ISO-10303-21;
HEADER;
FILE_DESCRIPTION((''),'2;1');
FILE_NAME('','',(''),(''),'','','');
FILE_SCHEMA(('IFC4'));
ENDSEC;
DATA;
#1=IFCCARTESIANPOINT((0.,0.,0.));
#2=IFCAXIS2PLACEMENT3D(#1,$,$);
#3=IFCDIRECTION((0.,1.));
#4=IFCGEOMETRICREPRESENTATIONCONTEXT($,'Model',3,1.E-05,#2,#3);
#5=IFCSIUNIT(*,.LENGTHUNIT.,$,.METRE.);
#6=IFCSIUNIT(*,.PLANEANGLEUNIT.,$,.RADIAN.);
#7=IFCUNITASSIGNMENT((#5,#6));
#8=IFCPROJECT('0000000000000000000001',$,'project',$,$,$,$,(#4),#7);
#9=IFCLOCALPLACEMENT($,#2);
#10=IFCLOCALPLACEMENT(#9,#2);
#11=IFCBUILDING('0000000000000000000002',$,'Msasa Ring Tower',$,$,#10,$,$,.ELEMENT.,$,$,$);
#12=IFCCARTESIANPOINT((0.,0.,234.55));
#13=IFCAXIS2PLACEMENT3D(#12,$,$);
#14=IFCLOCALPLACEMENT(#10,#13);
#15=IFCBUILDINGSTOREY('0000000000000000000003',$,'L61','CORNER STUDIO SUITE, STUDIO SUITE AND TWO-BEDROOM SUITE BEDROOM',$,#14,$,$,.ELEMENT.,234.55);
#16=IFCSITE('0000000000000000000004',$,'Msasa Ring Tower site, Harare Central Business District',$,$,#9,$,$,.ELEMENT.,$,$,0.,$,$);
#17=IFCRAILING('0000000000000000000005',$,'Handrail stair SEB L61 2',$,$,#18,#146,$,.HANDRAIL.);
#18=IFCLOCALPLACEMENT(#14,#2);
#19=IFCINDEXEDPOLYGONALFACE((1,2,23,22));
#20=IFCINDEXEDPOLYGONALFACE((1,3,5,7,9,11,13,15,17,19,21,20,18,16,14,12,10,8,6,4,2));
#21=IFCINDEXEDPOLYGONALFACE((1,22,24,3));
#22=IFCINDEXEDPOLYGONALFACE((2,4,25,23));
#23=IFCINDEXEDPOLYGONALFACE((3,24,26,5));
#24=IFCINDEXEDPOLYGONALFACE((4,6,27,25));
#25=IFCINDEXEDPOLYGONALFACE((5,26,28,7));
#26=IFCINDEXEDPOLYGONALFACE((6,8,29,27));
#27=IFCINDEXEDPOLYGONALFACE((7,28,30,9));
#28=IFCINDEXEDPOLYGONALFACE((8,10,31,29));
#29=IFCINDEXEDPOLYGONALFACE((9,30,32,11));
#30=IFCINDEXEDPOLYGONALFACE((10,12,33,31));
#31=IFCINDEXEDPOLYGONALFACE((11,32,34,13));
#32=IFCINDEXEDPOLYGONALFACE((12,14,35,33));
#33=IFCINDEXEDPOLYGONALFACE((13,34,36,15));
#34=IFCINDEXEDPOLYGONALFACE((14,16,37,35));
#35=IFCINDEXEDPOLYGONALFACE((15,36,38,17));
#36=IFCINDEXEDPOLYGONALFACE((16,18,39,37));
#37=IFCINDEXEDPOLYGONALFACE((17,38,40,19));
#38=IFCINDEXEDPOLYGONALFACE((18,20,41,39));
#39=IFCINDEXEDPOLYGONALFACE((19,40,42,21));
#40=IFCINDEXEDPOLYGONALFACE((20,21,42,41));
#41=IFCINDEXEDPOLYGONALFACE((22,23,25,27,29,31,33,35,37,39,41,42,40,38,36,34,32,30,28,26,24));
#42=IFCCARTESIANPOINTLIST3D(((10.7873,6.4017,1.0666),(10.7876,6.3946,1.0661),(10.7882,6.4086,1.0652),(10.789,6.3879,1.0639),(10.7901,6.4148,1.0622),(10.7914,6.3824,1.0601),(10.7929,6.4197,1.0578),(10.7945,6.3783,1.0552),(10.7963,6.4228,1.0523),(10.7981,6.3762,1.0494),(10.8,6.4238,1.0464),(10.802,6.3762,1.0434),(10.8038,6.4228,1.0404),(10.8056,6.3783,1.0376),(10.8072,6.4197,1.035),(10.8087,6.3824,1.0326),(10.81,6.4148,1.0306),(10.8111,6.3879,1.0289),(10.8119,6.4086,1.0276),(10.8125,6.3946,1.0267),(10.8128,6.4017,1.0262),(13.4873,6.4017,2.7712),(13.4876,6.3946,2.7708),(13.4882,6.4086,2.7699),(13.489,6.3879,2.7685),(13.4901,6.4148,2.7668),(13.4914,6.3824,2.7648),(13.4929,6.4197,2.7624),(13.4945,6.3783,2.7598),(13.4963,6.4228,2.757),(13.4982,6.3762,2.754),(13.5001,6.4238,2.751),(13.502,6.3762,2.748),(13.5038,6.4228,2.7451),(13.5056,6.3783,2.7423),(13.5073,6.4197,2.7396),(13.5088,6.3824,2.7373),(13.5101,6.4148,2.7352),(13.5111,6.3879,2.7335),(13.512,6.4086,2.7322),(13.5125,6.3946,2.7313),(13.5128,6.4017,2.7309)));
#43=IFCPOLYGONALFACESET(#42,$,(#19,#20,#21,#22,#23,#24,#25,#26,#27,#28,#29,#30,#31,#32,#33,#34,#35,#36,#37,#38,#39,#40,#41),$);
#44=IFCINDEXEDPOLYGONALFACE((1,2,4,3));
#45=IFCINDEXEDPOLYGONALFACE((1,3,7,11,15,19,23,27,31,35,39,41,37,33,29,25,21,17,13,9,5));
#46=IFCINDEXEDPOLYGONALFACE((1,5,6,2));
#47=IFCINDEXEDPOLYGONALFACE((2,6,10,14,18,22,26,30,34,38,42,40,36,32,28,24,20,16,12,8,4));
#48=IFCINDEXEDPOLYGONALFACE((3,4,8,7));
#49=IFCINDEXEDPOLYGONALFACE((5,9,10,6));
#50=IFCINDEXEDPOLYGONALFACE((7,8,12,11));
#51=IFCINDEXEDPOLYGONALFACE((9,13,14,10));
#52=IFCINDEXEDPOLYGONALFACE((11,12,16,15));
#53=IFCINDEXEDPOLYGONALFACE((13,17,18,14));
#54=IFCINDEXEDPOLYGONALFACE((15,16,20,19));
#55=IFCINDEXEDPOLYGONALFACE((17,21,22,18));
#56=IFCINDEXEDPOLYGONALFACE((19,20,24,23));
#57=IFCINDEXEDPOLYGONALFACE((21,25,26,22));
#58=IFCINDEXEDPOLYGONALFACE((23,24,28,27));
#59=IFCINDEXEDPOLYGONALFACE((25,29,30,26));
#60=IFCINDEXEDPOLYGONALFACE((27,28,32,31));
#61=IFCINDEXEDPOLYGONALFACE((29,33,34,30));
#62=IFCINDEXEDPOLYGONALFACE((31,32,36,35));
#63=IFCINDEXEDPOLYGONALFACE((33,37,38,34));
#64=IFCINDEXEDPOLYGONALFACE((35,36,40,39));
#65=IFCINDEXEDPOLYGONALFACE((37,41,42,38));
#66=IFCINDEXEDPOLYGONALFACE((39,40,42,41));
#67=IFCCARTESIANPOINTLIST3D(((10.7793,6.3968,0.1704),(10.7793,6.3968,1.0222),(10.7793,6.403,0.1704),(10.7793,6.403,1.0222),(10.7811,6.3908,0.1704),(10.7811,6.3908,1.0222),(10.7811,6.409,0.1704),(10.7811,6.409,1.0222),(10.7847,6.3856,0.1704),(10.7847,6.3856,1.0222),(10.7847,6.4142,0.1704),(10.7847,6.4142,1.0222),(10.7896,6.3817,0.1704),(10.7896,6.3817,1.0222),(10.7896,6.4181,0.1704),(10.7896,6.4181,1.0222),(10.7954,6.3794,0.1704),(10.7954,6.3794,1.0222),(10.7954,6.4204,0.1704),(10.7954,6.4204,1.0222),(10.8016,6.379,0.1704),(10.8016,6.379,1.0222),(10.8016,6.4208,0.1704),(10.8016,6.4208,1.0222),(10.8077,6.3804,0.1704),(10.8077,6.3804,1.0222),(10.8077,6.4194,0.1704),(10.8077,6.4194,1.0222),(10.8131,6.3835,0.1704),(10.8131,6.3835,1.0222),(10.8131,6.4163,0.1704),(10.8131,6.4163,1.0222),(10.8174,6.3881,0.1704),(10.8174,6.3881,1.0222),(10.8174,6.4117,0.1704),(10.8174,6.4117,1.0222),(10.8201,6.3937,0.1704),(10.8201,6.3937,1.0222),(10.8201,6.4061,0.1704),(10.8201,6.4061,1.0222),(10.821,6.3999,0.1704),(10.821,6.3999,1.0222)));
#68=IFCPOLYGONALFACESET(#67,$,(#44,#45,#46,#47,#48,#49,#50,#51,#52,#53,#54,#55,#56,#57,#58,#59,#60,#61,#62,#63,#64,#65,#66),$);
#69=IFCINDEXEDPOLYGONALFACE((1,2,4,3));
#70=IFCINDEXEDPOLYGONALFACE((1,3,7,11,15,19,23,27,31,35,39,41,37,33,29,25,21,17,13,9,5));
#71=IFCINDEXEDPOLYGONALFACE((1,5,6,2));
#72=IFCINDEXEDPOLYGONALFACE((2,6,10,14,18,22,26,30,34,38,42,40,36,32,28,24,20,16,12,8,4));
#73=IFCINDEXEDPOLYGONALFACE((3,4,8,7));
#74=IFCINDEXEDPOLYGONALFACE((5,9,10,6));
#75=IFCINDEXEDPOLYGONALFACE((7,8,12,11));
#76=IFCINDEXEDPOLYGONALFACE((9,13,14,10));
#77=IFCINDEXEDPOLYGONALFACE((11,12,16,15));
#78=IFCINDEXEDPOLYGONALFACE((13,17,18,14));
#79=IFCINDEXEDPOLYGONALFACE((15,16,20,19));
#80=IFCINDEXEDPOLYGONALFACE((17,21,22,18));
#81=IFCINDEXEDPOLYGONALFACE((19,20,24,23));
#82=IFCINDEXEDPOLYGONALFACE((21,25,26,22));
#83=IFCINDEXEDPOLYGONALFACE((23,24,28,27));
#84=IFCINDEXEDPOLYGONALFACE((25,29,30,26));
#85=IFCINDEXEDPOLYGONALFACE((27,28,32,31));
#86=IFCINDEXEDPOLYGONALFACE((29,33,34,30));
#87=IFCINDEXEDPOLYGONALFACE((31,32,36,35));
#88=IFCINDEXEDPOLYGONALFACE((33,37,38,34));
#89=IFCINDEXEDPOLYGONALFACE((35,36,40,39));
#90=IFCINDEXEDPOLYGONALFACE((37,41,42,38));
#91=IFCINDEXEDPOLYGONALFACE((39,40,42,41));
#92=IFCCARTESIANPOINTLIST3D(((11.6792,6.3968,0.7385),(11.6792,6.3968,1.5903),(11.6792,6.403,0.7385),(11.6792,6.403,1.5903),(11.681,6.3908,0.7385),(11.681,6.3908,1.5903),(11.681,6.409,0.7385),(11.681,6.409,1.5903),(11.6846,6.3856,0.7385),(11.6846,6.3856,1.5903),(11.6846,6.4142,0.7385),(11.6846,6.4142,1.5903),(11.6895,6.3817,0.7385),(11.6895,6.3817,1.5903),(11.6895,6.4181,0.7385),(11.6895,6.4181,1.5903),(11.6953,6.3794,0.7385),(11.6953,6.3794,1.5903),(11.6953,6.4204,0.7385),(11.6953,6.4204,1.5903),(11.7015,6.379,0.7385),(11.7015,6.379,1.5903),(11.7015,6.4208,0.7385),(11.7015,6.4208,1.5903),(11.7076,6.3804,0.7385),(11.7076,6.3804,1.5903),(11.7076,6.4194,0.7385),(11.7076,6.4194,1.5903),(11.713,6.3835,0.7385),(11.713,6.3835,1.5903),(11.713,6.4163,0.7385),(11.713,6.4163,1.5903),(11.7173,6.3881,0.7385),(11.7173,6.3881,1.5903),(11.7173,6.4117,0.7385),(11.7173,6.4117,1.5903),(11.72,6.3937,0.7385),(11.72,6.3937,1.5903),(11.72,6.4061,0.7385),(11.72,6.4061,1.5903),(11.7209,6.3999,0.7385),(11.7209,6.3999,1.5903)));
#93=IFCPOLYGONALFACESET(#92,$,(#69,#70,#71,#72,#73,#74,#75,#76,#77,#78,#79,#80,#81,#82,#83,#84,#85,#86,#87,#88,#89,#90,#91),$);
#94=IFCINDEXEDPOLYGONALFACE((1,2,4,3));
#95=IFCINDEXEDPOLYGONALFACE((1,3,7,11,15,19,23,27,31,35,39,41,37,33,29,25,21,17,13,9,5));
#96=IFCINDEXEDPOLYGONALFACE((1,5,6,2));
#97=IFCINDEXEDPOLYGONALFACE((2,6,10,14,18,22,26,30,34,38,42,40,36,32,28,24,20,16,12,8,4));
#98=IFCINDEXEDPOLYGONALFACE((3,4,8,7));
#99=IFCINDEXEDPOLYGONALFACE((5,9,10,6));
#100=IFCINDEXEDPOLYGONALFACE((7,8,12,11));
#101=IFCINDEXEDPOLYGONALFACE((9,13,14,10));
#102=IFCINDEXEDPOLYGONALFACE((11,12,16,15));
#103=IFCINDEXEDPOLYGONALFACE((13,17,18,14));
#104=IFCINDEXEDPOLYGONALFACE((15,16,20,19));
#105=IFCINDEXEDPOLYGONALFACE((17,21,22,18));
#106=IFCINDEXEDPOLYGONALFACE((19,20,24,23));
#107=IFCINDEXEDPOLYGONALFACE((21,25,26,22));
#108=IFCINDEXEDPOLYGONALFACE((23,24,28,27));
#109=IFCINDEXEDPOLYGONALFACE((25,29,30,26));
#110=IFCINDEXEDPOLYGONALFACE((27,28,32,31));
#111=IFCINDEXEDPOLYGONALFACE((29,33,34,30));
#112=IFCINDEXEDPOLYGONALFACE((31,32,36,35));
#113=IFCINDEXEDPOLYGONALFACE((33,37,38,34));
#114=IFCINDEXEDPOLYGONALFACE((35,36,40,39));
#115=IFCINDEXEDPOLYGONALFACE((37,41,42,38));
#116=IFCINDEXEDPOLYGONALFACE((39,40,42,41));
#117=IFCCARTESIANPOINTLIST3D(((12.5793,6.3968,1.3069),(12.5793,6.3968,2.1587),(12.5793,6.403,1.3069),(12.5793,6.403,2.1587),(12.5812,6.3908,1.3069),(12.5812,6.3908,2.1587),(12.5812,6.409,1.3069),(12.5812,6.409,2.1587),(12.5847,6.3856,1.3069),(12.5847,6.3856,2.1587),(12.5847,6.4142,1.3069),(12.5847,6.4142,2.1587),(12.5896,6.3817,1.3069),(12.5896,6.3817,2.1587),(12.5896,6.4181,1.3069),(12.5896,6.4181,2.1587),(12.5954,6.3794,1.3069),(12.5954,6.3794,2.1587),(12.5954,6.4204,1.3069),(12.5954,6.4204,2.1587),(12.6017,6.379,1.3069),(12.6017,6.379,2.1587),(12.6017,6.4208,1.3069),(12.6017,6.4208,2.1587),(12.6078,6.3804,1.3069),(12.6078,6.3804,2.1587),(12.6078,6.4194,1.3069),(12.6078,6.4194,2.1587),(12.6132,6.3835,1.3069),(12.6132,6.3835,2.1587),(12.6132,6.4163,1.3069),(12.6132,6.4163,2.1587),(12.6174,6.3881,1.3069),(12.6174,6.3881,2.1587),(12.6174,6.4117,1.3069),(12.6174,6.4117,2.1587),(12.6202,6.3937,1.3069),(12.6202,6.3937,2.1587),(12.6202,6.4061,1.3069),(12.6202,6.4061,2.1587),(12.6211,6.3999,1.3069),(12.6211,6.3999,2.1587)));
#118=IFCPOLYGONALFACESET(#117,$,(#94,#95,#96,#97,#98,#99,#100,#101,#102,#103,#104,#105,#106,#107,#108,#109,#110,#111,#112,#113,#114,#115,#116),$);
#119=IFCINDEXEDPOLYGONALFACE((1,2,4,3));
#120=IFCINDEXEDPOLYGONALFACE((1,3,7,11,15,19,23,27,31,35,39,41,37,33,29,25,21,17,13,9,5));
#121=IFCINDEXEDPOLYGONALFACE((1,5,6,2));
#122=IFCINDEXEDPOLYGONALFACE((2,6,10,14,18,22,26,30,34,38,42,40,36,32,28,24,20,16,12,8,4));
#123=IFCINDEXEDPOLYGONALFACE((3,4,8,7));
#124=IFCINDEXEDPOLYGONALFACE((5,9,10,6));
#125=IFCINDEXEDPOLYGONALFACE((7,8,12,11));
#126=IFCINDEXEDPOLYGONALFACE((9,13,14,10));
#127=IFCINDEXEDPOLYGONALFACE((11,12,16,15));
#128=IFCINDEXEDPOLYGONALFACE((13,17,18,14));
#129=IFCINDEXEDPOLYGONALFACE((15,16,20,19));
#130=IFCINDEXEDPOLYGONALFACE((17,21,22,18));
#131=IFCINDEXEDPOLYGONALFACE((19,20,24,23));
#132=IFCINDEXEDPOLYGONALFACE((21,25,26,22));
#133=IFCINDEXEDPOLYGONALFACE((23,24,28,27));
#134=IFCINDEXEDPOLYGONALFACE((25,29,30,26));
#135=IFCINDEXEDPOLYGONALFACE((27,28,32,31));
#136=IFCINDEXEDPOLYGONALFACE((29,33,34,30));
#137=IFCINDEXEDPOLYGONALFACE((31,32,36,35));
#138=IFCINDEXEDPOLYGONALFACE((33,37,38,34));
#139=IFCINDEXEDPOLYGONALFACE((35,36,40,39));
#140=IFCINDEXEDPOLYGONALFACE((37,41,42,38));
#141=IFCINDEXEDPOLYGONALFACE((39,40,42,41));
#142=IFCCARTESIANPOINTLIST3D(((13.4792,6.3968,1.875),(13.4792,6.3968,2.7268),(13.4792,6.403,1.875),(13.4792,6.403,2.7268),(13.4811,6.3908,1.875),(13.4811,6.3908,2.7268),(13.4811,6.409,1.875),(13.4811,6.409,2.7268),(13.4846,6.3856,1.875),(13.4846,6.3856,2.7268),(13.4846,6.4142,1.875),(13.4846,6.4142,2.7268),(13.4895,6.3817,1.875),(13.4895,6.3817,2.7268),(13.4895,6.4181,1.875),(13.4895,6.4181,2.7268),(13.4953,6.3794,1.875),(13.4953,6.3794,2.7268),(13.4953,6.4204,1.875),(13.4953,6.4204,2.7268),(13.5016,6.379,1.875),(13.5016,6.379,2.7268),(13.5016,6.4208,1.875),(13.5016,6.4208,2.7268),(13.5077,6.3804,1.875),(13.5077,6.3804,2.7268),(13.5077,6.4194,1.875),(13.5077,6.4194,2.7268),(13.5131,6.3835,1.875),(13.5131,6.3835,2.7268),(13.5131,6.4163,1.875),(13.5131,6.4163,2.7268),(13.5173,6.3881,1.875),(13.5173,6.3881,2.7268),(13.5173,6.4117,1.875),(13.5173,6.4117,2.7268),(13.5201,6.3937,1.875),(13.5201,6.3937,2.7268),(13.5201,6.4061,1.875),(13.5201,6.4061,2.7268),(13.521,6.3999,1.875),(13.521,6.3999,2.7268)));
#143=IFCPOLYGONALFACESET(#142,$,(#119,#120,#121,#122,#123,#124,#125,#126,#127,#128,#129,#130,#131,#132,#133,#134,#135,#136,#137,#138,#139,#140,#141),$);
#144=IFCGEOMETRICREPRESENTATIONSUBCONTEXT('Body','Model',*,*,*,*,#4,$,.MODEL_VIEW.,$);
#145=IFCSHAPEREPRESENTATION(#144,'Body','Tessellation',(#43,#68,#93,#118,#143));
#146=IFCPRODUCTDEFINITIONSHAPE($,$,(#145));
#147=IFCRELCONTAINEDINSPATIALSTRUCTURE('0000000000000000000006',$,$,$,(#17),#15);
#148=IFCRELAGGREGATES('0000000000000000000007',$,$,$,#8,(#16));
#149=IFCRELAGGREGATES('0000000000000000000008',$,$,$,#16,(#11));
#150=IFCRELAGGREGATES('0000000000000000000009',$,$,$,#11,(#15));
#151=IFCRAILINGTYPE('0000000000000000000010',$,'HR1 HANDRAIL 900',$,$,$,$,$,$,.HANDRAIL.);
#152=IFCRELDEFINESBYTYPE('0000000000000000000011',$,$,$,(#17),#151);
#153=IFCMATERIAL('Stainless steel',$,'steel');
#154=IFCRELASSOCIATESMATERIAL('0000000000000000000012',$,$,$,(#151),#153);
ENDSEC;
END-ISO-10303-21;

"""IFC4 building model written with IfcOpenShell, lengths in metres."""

from ifc_helpers import new_model, si_unit, direction, frame, origin, origin_2d, place, context, subcontext, project, spatial, circle, extrude, material, type_object, element, save


model = new_model("IFC4")

# Units and contexts
model_context = context("Model", 3, precision=1e-05, world=origin(), true_north=direction((0.0, 1.0)))
body_context = subcontext(model_context, "Body", "Model", "MODEL_VIEW")
ifc_project = project(units=[si_unit("LENGTHUNIT", "METRE"), si_unit("PLANEANGLEUNIT", "RADIAN")], contexts=[model_context])

# Site, building, storey
site_placement = place(None, origin())
site = spatial("IfcSite", under=ifc_project, at=site_placement, Name="Msasa Ring Tower site, Harare Central Business District", CompositionType="ELEMENT", RefElevation=0.0)
building_placement = place(site_placement, origin())
building = spatial("IfcBuilding", under=site, at=building_placement, Name="Msasa Ring Tower", CompositionType="ELEMENT")
storey_placement = place(building_placement, frame((0.0, 0.0, 234.55)))
storey = spatial("IfcBuildingStorey", under=building, at=storey_placement, Name="L61", Description="CORNER STUDIO SUITE, STUDIO SUITE AND TWO-BEDROOM SUITE BEDROOM", CompositionType="ELEMENT", Elevation=234.55)

# Railing
ifc_material_1 = material(Name="Stainless steel", Category="steel")
railing_type = type_object("IfcRailingType", Name="HR1 HANDRAIL 900", PredefinedType="HANDRAIL", material=ifc_material_1)
for number, where, name in (
    (1, (10.8, 6.3999, 0.1704), "Handrail stair SEB L61 2"),
):
    element("IfcRailing", number, at=place(storey_placement, frame(where)), inside=storey, type_object=railing_type, Name=name, PredefinedType="HANDRAIL", context=body_context, shape_type="SweptSolid", body=[
        extrude(circle(Radius=0.0239, at=origin_2d()), frame((0.0, 0.0, 0.876), z_axis=(0.84558, 0.0, 0.533849), x_axis=(0.0, 1.0, 0.0)), (0.0, 0.0, 1.0), 3.1931),
        extrude(circle(Radius=0.021, at=origin_2d()), origin(), (0.0, 0.0, 1.0), 0.8518),
        extrude(circle(Radius=0.021, at=origin_2d()), frame((0.8999, 0.0, 0.5681)), (0.0, 0.0, 1.0), 0.8518),
        extrude(circle(Radius=0.021, at=origin_2d()), frame((1.8, 0.0, 1.1365)), (0.0, 0.0, 1.0), 0.8518),
        extrude(circle(Radius=0.021, at=origin_2d()), frame((2.7, 0.0, 1.7046)), (0.0, 0.0, 1.0), 0.8518),
    ])

save(model, "model.ifc")
